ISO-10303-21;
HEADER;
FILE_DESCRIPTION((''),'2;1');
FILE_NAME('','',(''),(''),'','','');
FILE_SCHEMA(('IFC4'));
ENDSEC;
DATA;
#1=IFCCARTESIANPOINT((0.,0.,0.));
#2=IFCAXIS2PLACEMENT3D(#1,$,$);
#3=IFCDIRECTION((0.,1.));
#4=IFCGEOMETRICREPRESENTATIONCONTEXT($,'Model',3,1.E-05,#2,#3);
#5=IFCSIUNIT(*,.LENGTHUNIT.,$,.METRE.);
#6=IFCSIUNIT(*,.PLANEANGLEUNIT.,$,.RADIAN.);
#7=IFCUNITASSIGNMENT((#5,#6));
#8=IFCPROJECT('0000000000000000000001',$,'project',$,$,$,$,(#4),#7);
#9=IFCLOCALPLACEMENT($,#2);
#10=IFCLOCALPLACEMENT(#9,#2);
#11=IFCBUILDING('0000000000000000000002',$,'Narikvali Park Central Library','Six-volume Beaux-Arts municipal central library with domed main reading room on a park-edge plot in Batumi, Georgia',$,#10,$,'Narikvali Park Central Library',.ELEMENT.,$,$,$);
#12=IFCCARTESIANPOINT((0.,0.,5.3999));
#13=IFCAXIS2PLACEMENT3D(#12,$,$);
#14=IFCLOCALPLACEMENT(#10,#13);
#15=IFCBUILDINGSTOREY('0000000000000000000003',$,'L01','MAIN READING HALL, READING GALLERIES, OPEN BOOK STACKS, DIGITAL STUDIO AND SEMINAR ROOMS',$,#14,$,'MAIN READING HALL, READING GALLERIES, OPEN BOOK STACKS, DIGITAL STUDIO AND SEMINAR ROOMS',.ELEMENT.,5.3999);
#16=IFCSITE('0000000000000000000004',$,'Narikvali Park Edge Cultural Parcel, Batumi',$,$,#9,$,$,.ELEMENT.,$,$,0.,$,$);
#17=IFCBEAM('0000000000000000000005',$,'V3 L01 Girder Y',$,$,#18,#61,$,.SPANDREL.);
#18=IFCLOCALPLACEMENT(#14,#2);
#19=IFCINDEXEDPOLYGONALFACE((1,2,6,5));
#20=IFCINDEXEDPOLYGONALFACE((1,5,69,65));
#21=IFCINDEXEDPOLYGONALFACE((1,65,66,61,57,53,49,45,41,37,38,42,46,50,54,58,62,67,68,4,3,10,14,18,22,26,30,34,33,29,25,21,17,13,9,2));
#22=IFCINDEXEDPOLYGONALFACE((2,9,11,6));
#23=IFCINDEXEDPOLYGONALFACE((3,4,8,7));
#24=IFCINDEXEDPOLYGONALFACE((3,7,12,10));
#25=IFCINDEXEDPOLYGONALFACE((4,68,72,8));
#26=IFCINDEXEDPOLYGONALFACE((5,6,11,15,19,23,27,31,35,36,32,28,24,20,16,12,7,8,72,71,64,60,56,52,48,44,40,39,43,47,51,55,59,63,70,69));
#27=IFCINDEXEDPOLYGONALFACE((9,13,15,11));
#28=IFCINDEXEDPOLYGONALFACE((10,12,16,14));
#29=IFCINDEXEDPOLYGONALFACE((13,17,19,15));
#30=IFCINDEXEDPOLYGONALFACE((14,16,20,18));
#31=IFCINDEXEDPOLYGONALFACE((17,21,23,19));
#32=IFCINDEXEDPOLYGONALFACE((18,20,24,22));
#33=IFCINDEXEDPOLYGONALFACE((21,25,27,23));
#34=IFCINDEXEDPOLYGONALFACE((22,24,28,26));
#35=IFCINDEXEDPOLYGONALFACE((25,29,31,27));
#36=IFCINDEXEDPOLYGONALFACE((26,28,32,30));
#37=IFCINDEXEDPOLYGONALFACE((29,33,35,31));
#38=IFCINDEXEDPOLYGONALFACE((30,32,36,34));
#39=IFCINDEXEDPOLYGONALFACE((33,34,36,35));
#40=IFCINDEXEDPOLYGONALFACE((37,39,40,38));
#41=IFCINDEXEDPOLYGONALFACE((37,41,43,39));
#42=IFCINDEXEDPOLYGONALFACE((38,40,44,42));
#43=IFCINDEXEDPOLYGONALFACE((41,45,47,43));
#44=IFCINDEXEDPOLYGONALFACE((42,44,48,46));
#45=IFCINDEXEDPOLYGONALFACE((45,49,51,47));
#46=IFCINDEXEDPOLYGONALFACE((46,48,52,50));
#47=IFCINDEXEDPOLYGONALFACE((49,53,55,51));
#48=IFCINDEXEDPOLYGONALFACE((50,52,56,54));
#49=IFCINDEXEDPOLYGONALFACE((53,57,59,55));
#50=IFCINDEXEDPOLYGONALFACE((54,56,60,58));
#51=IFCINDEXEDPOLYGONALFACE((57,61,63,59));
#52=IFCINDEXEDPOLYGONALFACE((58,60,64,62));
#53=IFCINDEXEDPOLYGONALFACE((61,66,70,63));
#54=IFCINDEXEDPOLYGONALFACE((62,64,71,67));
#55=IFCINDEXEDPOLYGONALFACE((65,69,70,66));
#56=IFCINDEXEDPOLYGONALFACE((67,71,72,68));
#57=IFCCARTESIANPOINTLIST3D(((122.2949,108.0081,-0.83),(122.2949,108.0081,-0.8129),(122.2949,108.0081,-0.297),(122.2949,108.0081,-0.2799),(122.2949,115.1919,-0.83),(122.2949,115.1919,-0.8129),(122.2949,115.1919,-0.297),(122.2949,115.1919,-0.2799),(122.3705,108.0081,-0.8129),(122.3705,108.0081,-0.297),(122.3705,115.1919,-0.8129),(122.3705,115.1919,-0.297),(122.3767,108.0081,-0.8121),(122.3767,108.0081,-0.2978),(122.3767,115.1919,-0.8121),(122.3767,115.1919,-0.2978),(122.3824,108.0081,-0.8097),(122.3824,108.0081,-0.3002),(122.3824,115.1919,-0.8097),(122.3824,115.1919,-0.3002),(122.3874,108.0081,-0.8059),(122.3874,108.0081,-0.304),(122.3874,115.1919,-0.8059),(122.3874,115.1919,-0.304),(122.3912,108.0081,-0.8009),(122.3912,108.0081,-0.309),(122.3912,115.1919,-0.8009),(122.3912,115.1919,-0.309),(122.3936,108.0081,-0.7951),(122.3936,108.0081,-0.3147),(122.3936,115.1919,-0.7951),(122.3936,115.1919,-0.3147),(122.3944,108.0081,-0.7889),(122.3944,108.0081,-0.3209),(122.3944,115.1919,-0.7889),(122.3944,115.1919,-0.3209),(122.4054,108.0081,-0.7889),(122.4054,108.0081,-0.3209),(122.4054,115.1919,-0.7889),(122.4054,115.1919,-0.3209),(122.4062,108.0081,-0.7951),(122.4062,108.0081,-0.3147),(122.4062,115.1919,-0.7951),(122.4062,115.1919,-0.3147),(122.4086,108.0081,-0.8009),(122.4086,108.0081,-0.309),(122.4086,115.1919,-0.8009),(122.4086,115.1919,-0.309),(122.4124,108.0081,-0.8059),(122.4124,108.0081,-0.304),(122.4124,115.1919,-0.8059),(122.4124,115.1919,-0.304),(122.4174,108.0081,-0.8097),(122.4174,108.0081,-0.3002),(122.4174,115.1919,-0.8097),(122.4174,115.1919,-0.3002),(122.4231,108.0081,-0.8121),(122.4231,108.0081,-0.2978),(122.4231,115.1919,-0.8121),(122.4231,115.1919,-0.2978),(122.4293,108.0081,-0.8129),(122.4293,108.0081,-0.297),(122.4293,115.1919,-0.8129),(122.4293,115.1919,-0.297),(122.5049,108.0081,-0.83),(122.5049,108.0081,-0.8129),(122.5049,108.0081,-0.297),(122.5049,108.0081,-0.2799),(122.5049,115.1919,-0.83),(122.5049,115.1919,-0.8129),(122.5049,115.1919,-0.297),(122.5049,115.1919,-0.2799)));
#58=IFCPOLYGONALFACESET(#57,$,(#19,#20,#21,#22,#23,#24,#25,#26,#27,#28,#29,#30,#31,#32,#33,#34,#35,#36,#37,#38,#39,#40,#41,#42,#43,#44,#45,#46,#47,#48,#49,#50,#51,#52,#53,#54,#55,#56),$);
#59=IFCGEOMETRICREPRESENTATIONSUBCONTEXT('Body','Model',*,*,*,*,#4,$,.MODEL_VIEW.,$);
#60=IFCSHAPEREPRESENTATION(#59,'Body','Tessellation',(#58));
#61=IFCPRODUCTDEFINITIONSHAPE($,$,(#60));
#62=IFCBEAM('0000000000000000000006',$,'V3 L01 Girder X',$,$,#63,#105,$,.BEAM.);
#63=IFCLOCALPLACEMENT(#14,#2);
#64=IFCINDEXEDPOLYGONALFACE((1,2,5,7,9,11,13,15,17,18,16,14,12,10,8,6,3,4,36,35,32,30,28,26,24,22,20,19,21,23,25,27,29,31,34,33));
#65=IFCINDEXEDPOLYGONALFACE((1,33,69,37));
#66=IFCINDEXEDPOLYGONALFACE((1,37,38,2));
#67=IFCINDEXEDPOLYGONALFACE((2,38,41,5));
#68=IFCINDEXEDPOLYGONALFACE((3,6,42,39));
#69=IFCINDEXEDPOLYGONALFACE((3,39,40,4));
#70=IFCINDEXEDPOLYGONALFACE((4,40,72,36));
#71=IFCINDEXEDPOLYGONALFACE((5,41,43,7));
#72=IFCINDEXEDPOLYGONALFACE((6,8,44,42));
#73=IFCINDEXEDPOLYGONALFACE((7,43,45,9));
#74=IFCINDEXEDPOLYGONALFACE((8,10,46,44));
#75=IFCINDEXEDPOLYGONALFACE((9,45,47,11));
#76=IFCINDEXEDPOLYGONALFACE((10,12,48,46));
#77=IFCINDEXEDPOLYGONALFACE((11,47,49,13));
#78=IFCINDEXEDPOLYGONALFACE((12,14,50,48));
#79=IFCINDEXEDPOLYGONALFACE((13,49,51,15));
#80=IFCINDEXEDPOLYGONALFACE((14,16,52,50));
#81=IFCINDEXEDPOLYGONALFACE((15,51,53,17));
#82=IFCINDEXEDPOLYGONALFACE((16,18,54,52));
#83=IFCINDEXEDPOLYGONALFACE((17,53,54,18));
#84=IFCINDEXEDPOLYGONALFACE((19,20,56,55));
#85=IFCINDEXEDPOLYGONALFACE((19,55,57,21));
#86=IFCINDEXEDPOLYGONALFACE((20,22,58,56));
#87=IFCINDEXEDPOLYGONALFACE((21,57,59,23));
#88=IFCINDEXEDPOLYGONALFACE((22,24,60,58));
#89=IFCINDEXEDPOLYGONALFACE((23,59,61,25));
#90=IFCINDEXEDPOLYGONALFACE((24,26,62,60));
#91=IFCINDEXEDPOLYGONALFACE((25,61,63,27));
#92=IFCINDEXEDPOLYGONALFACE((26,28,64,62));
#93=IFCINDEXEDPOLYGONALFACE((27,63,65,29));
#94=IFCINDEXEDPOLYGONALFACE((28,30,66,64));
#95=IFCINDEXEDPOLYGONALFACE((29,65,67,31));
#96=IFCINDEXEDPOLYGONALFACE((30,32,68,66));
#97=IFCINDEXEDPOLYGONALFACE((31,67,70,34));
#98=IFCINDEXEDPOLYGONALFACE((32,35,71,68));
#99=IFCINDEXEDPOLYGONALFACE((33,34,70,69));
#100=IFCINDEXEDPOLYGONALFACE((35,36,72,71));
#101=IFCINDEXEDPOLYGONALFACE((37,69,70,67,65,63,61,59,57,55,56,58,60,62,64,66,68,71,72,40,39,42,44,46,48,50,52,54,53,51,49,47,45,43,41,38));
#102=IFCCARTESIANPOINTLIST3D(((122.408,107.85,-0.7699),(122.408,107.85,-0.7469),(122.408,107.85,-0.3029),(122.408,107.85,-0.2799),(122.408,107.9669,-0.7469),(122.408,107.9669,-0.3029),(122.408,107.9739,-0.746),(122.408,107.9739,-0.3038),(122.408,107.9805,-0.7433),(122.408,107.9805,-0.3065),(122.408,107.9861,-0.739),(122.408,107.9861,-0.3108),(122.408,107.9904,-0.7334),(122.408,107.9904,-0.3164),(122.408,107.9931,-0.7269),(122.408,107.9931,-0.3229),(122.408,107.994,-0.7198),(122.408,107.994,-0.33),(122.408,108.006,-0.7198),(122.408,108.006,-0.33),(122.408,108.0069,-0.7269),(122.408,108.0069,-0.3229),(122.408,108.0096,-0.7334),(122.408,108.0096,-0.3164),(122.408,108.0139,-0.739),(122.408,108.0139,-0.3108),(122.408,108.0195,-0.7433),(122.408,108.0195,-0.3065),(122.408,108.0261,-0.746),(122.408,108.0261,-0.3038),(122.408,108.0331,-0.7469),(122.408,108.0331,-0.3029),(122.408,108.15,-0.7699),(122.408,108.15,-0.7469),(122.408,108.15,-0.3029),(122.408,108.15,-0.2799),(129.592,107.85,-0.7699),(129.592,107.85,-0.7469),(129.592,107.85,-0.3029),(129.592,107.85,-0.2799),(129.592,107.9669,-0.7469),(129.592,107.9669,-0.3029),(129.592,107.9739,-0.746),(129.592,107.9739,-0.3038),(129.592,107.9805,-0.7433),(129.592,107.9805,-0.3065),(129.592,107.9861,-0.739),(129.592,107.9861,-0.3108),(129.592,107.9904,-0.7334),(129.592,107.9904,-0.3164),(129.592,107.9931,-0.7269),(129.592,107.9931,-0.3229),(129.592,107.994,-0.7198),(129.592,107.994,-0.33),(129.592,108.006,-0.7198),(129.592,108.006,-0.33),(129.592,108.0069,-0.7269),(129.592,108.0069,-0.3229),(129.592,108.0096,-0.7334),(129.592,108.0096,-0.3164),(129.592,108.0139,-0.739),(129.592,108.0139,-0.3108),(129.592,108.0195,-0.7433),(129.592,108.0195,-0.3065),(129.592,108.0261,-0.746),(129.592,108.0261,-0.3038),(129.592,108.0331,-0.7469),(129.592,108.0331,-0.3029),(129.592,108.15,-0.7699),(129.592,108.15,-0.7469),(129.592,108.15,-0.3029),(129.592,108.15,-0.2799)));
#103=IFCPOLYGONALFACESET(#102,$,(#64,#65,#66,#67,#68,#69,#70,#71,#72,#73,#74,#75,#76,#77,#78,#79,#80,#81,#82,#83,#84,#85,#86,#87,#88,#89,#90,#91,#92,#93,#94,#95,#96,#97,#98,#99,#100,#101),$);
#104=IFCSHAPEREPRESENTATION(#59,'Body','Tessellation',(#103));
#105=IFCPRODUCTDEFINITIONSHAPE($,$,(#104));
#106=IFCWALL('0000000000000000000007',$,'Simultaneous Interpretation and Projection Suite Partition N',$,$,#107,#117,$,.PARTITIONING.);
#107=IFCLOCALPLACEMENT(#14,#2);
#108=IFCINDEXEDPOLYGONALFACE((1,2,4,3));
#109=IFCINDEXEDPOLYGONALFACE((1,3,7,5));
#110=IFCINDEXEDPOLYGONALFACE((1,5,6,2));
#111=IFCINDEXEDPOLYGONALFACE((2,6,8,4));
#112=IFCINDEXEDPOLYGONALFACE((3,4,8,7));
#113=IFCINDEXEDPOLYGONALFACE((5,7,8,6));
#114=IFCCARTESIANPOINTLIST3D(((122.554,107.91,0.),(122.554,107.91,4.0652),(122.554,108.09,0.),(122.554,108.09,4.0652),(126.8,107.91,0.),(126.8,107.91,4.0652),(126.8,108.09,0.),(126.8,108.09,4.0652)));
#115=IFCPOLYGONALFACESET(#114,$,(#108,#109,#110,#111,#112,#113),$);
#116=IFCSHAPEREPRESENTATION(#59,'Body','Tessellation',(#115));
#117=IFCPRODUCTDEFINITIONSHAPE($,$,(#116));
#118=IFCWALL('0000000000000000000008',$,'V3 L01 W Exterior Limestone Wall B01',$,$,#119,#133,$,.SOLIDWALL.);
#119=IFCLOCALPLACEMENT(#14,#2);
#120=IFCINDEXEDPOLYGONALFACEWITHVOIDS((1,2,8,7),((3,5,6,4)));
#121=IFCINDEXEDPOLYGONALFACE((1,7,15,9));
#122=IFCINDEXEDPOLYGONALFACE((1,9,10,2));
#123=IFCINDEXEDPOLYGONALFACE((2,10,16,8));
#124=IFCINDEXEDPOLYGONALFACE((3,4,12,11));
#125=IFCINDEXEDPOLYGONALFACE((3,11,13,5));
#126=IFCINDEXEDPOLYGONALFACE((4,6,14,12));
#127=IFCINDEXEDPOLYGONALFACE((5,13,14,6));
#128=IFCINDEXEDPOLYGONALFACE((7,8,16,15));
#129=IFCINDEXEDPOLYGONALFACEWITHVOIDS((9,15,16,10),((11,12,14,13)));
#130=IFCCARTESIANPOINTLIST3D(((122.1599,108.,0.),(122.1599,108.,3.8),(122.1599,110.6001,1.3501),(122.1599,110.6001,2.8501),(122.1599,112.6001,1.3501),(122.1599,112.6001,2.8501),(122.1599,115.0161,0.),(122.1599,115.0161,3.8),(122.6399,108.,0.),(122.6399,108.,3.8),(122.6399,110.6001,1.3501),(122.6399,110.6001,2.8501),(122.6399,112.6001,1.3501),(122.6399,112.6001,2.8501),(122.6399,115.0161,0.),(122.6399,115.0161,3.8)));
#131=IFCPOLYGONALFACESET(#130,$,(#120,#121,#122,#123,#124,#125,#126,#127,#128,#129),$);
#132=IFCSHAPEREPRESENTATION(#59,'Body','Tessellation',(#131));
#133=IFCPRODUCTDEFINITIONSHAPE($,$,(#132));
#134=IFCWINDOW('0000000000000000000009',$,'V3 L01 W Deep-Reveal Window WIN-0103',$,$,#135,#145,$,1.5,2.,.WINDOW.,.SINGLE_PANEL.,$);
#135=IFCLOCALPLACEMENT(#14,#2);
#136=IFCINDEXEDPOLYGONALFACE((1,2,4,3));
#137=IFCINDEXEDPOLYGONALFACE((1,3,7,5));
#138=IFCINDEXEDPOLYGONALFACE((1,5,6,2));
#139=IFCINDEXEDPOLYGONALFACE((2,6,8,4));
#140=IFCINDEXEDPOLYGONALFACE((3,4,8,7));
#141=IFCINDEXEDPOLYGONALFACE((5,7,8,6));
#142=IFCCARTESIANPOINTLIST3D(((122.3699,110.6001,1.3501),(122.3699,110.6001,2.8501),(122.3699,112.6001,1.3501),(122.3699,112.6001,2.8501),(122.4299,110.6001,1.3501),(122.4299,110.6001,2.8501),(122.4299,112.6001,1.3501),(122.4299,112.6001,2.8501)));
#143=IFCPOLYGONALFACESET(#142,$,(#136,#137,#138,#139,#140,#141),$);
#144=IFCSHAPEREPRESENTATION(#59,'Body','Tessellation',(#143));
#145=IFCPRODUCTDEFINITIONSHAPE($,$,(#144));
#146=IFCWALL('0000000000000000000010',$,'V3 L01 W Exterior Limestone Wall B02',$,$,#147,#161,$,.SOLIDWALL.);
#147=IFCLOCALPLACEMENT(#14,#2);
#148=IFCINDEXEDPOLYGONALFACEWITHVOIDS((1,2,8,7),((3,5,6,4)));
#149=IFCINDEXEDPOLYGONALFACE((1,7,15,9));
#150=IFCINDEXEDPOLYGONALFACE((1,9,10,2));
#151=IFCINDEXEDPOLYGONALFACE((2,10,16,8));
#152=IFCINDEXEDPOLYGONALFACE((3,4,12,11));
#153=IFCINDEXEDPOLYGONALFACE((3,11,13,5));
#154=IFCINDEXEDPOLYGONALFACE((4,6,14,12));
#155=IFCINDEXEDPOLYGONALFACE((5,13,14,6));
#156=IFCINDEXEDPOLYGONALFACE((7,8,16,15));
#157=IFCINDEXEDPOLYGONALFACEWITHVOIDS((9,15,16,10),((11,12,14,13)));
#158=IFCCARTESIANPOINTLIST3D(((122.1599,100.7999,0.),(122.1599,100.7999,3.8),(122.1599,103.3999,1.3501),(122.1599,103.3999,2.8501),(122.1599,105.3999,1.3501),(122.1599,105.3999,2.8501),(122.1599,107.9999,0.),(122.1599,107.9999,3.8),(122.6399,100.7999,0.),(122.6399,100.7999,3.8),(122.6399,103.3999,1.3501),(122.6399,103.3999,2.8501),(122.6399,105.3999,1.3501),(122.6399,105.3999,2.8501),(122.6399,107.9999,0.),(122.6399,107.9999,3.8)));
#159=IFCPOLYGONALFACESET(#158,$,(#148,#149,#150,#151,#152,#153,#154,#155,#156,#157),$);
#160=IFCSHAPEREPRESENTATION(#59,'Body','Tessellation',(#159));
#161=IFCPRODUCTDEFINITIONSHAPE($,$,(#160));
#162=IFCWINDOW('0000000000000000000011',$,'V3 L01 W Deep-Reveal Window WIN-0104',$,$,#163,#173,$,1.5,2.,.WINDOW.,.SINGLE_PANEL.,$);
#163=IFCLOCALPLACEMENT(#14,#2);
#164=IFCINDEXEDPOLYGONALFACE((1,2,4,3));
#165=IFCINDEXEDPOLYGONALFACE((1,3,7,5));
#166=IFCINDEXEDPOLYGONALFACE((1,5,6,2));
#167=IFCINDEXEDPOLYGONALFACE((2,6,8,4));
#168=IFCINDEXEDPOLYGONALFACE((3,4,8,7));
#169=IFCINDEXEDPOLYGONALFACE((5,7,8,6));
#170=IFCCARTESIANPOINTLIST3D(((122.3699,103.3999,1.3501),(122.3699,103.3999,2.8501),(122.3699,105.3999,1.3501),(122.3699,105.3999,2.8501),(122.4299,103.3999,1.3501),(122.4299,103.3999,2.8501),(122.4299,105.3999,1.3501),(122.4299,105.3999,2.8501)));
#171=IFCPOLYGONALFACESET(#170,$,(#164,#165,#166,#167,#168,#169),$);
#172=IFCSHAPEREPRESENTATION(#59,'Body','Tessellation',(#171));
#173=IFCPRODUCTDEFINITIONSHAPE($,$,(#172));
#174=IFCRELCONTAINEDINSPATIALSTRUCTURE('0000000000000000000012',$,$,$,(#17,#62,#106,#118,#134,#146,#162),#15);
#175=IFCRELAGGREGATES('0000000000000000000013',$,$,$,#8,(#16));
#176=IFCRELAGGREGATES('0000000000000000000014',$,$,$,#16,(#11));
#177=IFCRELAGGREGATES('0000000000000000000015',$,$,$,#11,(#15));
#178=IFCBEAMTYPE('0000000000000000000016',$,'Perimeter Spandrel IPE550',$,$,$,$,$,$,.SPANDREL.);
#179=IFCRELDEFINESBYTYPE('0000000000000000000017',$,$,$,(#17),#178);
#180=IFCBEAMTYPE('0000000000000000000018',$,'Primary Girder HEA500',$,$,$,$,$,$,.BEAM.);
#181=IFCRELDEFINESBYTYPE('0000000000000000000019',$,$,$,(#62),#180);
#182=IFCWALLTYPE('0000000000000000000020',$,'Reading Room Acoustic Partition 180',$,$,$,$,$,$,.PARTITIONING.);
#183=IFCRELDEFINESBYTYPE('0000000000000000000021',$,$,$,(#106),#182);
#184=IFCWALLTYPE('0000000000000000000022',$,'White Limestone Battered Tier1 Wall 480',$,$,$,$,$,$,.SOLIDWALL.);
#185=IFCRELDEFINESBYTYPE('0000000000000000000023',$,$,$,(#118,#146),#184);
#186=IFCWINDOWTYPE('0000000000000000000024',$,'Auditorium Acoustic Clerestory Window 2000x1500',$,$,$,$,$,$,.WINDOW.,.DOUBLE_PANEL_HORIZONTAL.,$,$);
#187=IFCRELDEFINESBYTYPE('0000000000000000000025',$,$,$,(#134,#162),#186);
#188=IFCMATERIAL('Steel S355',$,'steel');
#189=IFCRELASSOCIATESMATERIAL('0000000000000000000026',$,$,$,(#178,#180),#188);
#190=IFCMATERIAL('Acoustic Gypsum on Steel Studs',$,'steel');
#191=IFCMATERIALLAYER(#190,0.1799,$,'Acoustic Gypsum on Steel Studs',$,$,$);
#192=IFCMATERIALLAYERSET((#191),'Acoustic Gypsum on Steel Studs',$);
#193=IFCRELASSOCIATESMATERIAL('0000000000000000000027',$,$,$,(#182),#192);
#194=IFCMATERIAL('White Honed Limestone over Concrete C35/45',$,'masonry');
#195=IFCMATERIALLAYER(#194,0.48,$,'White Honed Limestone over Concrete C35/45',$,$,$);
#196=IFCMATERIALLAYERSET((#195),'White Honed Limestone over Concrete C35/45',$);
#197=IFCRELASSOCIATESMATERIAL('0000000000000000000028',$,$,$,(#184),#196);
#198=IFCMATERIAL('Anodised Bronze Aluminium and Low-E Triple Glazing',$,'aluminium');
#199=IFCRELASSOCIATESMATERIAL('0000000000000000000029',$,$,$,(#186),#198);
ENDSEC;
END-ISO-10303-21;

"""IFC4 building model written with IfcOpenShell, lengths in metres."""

from ifc_helpers import new_model, si_unit, direction, frame, frame_2d, origin, origin_2d, place, context, subcontext, project, spatial, rectangle, i_section, extrude, material, layer, layer_set, material_profile, profile_set, type_object, element, fill, save


model = new_model("IFC4")

# Units and contexts
model_context = context("Model", 3, precision=1e-05, world=origin(), true_north=direction((0.0, 1.0)))
body_context = subcontext(model_context, "Body", "Model", "MODEL_VIEW")
ifc_project = project(units=[si_unit("LENGTHUNIT", "METRE"), si_unit("PLANEANGLEUNIT", "RADIAN")], contexts=[model_context])

# Site, building, storey
site_placement = place(None, origin())
site = spatial("IfcSite", under=ifc_project, at=site_placement, Name="Narikvali Park Edge Cultural Parcel, Batumi", CompositionType="ELEMENT", RefElevation=0.0)
building_placement = place(site_placement, origin())
building = spatial("IfcBuilding", under=site, at=building_placement, Name="Narikvali Park Central Library", Description="Six-volume Beaux-Arts municipal central library with domed main reading room on a park-edge plot in Batumi, Georgia", LongName="Narikvali Park Central Library", CompositionType="ELEMENT")
storey_placement = place(building_placement, frame((0.0, 0.0, 5.3999)))
storey = spatial("IfcBuildingStorey", under=building, at=storey_placement, Name="L01", Description="MAIN READING HALL, READING GALLERIES, OPEN BOOK STACKS, DIGITAL STUDIO AND SEMINAR ROOMS", LongName="MAIN READING HALL, READING GALLERIES, OPEN BOOK STACKS, DIGITAL STUDIO AND SEMINAR ROOMS", CompositionType="ELEMENT", Elevation=5.3999)

# Shared definitions
ifc_material_1 = material(Name="Steel S355", Category="steel")

# Beams
ifc_material_profile_1 = material_profile(ifc_material_1, i_section(OverallWidth=0.21, OverallDepth=0.55, WebThickness=0.011, FlangeThickness=0.0171, FilletRadius=0.0239, at=origin_2d()), Name="IPE 550")
ifc_profile_set_1 = profile_set([ifc_material_profile_1], Name="Steel S355")
beam_type_1 = type_object("IfcBeamType", Name="Perimeter Spandrel IPE550", PredefinedType="SPANDREL", material=ifc_profile_set_1)
beam_1_placement = place(storey_placement, frame((122.3999, 108.0081, -0.5549), z_axis=(0.0, 1.0, 0.0), x_axis=(-1.0, 0.0, 0.0)))
element("IfcBeam", 1, at=beam_1_placement, inside=storey, type_object=beam_type_1, Name="V3 L01 Girder Y", PredefinedType="SPANDREL", context=body_context, shape_type="SweptSolid", body=[
    extrude(i_section(OverallWidth=0.21, OverallDepth=0.55, WebThickness=0.011, FlangeThickness=0.0171, FilletRadius=0.0239, at=origin_2d()), origin(), (0.0, 0.0, 1.0), 7.1838),
])
ifc_material_profile_2 = material_profile(ifc_material_1, i_section(OverallWidth=0.3, OverallDepth=0.49, WebThickness=0.012, FlangeThickness=0.0229, FilletRadius=0.0271, at=origin_2d()), Name="HEA 500")
ifc_profile_set_2 = profile_set([ifc_material_profile_2], Name="Steel S355")
beam_type_2 = type_object("IfcBeamType", Name="Primary Girder HEA500", PredefinedType="BEAM", material=ifc_profile_set_2)
beam_2_placement = place(storey_placement, frame((122.408, 108.0, -0.5249), z_axis=(1.0, 0.0, 0.0), x_axis=(0.0, 1.0, 0.0)))
element("IfcBeam", 2, at=beam_2_placement, inside=storey, type_object=beam_type_2, Name="V3 L01 Girder X", PredefinedType="BEAM", context=body_context, shape_type="SweptSolid", body=[
    extrude(i_section(OverallWidth=0.3, OverallDepth=0.49, WebThickness=0.012, FlangeThickness=0.0229, FilletRadius=0.0271, at=origin_2d()), origin(), (0.0, 0.0, 1.0), 7.1841),
])

# Wall
ifc_material_2 = material(Name="Acoustic Gypsum on Steel Studs", Category="steel")
ifc_layer_1 = layer(ifc_material_2, 0.1799, Name="Acoustic Gypsum on Steel Studs")
ifc_layer_set_1 = layer_set([ifc_layer_1], Name="Acoustic Gypsum on Steel Studs")
wall_type_1 = type_object("IfcWallType", Name="Reading Room Acoustic Partition 180", PredefinedType="PARTITIONING", material=ifc_layer_set_1)
wall_1_placement = place(storey_placement, frame((122.554, 108.0, 0.0), z_axis=(0.0, 0.0, 1.0), x_axis=(1.0, 0.0, 0.0)))
element("IfcWall", 3, at=wall_1_placement, inside=storey, type_object=wall_type_1, Name="Simultaneous Interpretation and Projection Suite Partition N", PredefinedType="PARTITIONING", context=body_context, shape_type="SweptSolid", body=[
    extrude(rectangle(XDim=4.2461, YDim=0.1799, at=frame_2d((2.123, 0.0))), origin(), (0.0, 0.0, 1.0), 4.0652),
])

# Walls, openings, windows
ifc_material_3 = material(Name="White Honed Limestone over Concrete C35/45", Category="masonry")
ifc_layer_2 = layer(ifc_material_3, 0.48, Name="White Honed Limestone over Concrete C35/45")
ifc_layer_set_2 = layer_set([ifc_layer_2], Name="White Honed Limestone over Concrete C35/45")
wall_type_2 = type_object("IfcWallType", Name="White Limestone Battered Tier1 Wall 480", PredefinedType="SOLIDWALL", material=ifc_layer_set_2)
wall_2_placement = place(storey_placement, frame((122.3999, 115.0161, 0.0), z_axis=(0.0, 0.0, 1.0), x_axis=(0.0, -1.0, 0.0)))
wall_2 = element("IfcWall", 4, at=wall_2_placement, inside=storey, type_object=wall_type_2, Name="V3 L01 W Exterior Limestone Wall B01", PredefinedType="SOLIDWALL", context=body_context, shape_type="SweptSolid", body=[
    extrude(rectangle(XDim=7.0161, YDim=0.48, at=frame_2d((3.5081, 0.0))), origin(), (0.0, 0.0, 1.0), 3.8),
])
opening_1_placement = place(wall_2_placement, frame((2.416, 0.0, 1.3501)))
opening_1 = element("IfcOpeningElement", 5, at=opening_1_placement, cuts=wall_2, PredefinedType="OPENING", context=body_context, shape_type="SweptSolid", body=[
    extrude(rectangle(XDim=2.0, YDim=1.5, at=frame_2d((1.0, 0.75))), frame((0.0, 0.252, 0.0), z_axis=(0.0, -1.0, 0.0), x_axis=(1.0, 0.0, 0.0)), (0.0, 0.0, 1.0), 0.5039),
])
ifc_material_4 = material(Name="Anodised Bronze Aluminium and Low-E Triple Glazing", Category="aluminium")
window_type = type_object("IfcWindowType", Name="Auditorium Acoustic Clerestory Window 2000x1500", PartitioningType="DOUBLE_PANEL_HORIZONTAL", PredefinedType="WINDOW", material=ifc_material_4)
window_1_placement = place(opening_1_placement, origin())
window_1 = element("IfcWindow", 6, at=window_1_placement, inside=storey, type_object=window_type, Name="V3 L01 W Deep-Reveal Window WIN-0103", OverallHeight=1.5, OverallWidth=2.0, PartitioningType="SINGLE_PANEL", PredefinedType="WINDOW", context=body_context, shape_type="SweptSolid", body=[
    extrude(rectangle(XDim=2.0, YDim=1.5, at=frame_2d((1.0, 0.75))), frame((0.0, 0.03, 0.0), z_axis=(0.0, -1.0, 0.0), x_axis=(1.0, 0.0, 0.0)), (0.0, 0.0, 1.0), 0.0601),
])
fill(opening_1, window_1)
wall_3_placement = place(storey_placement, frame((122.3999, 108.0, 0.0), z_axis=(0.0, 0.0, 1.0), x_axis=(0.0, -1.0, 0.0)))
wall_3 = element("IfcWall", 7, at=wall_3_placement, inside=storey, type_object=wall_type_2, Name="V3 L01 W Exterior Limestone Wall B02", PredefinedType="SOLIDWALL", context=body_context, shape_type="SweptSolid", body=[
    extrude(rectangle(XDim=7.2, YDim=0.48, at=frame_2d((3.6001, 0.0))), origin(), (0.0, 0.0, 1.0), 3.8),
])
opening_2_placement = place(wall_3_placement, frame((2.6001, 0.0, 1.3501)))
opening_2 = element("IfcOpeningElement", 8, at=opening_2_placement, cuts=wall_3, PredefinedType="OPENING", context=body_context, shape_type="SweptSolid", body=[
    extrude(rectangle(XDim=2.0, YDim=1.5, at=frame_2d((1.0, 0.75))), frame((0.0, 0.252, 0.0), z_axis=(0.0, -1.0, 0.0), x_axis=(1.0, 0.0, 0.0)), (0.0, 0.0, 1.0), 0.5039),
])
window_2_placement = place(opening_2_placement, origin())
window_2 = element("IfcWindow", 9, at=window_2_placement, inside=storey, type_object=window_type, Name="V3 L01 W Deep-Reveal Window WIN-0104", OverallHeight=1.5, OverallWidth=2.0, PartitioningType="SINGLE_PANEL", PredefinedType="WINDOW", context=body_context, shape_type="SweptSolid", body=[
    extrude(rectangle(XDim=2.0, YDim=1.5, at=frame_2d((1.0, 0.75))), frame((0.0, 0.03, 0.0), z_axis=(0.0, -1.0, 0.0), x_axis=(1.0, 0.0, 0.0)), (0.0, 0.0, 1.0), 0.0601),
])
fill(opening_2, window_2)

save(model, "model.ifc")
